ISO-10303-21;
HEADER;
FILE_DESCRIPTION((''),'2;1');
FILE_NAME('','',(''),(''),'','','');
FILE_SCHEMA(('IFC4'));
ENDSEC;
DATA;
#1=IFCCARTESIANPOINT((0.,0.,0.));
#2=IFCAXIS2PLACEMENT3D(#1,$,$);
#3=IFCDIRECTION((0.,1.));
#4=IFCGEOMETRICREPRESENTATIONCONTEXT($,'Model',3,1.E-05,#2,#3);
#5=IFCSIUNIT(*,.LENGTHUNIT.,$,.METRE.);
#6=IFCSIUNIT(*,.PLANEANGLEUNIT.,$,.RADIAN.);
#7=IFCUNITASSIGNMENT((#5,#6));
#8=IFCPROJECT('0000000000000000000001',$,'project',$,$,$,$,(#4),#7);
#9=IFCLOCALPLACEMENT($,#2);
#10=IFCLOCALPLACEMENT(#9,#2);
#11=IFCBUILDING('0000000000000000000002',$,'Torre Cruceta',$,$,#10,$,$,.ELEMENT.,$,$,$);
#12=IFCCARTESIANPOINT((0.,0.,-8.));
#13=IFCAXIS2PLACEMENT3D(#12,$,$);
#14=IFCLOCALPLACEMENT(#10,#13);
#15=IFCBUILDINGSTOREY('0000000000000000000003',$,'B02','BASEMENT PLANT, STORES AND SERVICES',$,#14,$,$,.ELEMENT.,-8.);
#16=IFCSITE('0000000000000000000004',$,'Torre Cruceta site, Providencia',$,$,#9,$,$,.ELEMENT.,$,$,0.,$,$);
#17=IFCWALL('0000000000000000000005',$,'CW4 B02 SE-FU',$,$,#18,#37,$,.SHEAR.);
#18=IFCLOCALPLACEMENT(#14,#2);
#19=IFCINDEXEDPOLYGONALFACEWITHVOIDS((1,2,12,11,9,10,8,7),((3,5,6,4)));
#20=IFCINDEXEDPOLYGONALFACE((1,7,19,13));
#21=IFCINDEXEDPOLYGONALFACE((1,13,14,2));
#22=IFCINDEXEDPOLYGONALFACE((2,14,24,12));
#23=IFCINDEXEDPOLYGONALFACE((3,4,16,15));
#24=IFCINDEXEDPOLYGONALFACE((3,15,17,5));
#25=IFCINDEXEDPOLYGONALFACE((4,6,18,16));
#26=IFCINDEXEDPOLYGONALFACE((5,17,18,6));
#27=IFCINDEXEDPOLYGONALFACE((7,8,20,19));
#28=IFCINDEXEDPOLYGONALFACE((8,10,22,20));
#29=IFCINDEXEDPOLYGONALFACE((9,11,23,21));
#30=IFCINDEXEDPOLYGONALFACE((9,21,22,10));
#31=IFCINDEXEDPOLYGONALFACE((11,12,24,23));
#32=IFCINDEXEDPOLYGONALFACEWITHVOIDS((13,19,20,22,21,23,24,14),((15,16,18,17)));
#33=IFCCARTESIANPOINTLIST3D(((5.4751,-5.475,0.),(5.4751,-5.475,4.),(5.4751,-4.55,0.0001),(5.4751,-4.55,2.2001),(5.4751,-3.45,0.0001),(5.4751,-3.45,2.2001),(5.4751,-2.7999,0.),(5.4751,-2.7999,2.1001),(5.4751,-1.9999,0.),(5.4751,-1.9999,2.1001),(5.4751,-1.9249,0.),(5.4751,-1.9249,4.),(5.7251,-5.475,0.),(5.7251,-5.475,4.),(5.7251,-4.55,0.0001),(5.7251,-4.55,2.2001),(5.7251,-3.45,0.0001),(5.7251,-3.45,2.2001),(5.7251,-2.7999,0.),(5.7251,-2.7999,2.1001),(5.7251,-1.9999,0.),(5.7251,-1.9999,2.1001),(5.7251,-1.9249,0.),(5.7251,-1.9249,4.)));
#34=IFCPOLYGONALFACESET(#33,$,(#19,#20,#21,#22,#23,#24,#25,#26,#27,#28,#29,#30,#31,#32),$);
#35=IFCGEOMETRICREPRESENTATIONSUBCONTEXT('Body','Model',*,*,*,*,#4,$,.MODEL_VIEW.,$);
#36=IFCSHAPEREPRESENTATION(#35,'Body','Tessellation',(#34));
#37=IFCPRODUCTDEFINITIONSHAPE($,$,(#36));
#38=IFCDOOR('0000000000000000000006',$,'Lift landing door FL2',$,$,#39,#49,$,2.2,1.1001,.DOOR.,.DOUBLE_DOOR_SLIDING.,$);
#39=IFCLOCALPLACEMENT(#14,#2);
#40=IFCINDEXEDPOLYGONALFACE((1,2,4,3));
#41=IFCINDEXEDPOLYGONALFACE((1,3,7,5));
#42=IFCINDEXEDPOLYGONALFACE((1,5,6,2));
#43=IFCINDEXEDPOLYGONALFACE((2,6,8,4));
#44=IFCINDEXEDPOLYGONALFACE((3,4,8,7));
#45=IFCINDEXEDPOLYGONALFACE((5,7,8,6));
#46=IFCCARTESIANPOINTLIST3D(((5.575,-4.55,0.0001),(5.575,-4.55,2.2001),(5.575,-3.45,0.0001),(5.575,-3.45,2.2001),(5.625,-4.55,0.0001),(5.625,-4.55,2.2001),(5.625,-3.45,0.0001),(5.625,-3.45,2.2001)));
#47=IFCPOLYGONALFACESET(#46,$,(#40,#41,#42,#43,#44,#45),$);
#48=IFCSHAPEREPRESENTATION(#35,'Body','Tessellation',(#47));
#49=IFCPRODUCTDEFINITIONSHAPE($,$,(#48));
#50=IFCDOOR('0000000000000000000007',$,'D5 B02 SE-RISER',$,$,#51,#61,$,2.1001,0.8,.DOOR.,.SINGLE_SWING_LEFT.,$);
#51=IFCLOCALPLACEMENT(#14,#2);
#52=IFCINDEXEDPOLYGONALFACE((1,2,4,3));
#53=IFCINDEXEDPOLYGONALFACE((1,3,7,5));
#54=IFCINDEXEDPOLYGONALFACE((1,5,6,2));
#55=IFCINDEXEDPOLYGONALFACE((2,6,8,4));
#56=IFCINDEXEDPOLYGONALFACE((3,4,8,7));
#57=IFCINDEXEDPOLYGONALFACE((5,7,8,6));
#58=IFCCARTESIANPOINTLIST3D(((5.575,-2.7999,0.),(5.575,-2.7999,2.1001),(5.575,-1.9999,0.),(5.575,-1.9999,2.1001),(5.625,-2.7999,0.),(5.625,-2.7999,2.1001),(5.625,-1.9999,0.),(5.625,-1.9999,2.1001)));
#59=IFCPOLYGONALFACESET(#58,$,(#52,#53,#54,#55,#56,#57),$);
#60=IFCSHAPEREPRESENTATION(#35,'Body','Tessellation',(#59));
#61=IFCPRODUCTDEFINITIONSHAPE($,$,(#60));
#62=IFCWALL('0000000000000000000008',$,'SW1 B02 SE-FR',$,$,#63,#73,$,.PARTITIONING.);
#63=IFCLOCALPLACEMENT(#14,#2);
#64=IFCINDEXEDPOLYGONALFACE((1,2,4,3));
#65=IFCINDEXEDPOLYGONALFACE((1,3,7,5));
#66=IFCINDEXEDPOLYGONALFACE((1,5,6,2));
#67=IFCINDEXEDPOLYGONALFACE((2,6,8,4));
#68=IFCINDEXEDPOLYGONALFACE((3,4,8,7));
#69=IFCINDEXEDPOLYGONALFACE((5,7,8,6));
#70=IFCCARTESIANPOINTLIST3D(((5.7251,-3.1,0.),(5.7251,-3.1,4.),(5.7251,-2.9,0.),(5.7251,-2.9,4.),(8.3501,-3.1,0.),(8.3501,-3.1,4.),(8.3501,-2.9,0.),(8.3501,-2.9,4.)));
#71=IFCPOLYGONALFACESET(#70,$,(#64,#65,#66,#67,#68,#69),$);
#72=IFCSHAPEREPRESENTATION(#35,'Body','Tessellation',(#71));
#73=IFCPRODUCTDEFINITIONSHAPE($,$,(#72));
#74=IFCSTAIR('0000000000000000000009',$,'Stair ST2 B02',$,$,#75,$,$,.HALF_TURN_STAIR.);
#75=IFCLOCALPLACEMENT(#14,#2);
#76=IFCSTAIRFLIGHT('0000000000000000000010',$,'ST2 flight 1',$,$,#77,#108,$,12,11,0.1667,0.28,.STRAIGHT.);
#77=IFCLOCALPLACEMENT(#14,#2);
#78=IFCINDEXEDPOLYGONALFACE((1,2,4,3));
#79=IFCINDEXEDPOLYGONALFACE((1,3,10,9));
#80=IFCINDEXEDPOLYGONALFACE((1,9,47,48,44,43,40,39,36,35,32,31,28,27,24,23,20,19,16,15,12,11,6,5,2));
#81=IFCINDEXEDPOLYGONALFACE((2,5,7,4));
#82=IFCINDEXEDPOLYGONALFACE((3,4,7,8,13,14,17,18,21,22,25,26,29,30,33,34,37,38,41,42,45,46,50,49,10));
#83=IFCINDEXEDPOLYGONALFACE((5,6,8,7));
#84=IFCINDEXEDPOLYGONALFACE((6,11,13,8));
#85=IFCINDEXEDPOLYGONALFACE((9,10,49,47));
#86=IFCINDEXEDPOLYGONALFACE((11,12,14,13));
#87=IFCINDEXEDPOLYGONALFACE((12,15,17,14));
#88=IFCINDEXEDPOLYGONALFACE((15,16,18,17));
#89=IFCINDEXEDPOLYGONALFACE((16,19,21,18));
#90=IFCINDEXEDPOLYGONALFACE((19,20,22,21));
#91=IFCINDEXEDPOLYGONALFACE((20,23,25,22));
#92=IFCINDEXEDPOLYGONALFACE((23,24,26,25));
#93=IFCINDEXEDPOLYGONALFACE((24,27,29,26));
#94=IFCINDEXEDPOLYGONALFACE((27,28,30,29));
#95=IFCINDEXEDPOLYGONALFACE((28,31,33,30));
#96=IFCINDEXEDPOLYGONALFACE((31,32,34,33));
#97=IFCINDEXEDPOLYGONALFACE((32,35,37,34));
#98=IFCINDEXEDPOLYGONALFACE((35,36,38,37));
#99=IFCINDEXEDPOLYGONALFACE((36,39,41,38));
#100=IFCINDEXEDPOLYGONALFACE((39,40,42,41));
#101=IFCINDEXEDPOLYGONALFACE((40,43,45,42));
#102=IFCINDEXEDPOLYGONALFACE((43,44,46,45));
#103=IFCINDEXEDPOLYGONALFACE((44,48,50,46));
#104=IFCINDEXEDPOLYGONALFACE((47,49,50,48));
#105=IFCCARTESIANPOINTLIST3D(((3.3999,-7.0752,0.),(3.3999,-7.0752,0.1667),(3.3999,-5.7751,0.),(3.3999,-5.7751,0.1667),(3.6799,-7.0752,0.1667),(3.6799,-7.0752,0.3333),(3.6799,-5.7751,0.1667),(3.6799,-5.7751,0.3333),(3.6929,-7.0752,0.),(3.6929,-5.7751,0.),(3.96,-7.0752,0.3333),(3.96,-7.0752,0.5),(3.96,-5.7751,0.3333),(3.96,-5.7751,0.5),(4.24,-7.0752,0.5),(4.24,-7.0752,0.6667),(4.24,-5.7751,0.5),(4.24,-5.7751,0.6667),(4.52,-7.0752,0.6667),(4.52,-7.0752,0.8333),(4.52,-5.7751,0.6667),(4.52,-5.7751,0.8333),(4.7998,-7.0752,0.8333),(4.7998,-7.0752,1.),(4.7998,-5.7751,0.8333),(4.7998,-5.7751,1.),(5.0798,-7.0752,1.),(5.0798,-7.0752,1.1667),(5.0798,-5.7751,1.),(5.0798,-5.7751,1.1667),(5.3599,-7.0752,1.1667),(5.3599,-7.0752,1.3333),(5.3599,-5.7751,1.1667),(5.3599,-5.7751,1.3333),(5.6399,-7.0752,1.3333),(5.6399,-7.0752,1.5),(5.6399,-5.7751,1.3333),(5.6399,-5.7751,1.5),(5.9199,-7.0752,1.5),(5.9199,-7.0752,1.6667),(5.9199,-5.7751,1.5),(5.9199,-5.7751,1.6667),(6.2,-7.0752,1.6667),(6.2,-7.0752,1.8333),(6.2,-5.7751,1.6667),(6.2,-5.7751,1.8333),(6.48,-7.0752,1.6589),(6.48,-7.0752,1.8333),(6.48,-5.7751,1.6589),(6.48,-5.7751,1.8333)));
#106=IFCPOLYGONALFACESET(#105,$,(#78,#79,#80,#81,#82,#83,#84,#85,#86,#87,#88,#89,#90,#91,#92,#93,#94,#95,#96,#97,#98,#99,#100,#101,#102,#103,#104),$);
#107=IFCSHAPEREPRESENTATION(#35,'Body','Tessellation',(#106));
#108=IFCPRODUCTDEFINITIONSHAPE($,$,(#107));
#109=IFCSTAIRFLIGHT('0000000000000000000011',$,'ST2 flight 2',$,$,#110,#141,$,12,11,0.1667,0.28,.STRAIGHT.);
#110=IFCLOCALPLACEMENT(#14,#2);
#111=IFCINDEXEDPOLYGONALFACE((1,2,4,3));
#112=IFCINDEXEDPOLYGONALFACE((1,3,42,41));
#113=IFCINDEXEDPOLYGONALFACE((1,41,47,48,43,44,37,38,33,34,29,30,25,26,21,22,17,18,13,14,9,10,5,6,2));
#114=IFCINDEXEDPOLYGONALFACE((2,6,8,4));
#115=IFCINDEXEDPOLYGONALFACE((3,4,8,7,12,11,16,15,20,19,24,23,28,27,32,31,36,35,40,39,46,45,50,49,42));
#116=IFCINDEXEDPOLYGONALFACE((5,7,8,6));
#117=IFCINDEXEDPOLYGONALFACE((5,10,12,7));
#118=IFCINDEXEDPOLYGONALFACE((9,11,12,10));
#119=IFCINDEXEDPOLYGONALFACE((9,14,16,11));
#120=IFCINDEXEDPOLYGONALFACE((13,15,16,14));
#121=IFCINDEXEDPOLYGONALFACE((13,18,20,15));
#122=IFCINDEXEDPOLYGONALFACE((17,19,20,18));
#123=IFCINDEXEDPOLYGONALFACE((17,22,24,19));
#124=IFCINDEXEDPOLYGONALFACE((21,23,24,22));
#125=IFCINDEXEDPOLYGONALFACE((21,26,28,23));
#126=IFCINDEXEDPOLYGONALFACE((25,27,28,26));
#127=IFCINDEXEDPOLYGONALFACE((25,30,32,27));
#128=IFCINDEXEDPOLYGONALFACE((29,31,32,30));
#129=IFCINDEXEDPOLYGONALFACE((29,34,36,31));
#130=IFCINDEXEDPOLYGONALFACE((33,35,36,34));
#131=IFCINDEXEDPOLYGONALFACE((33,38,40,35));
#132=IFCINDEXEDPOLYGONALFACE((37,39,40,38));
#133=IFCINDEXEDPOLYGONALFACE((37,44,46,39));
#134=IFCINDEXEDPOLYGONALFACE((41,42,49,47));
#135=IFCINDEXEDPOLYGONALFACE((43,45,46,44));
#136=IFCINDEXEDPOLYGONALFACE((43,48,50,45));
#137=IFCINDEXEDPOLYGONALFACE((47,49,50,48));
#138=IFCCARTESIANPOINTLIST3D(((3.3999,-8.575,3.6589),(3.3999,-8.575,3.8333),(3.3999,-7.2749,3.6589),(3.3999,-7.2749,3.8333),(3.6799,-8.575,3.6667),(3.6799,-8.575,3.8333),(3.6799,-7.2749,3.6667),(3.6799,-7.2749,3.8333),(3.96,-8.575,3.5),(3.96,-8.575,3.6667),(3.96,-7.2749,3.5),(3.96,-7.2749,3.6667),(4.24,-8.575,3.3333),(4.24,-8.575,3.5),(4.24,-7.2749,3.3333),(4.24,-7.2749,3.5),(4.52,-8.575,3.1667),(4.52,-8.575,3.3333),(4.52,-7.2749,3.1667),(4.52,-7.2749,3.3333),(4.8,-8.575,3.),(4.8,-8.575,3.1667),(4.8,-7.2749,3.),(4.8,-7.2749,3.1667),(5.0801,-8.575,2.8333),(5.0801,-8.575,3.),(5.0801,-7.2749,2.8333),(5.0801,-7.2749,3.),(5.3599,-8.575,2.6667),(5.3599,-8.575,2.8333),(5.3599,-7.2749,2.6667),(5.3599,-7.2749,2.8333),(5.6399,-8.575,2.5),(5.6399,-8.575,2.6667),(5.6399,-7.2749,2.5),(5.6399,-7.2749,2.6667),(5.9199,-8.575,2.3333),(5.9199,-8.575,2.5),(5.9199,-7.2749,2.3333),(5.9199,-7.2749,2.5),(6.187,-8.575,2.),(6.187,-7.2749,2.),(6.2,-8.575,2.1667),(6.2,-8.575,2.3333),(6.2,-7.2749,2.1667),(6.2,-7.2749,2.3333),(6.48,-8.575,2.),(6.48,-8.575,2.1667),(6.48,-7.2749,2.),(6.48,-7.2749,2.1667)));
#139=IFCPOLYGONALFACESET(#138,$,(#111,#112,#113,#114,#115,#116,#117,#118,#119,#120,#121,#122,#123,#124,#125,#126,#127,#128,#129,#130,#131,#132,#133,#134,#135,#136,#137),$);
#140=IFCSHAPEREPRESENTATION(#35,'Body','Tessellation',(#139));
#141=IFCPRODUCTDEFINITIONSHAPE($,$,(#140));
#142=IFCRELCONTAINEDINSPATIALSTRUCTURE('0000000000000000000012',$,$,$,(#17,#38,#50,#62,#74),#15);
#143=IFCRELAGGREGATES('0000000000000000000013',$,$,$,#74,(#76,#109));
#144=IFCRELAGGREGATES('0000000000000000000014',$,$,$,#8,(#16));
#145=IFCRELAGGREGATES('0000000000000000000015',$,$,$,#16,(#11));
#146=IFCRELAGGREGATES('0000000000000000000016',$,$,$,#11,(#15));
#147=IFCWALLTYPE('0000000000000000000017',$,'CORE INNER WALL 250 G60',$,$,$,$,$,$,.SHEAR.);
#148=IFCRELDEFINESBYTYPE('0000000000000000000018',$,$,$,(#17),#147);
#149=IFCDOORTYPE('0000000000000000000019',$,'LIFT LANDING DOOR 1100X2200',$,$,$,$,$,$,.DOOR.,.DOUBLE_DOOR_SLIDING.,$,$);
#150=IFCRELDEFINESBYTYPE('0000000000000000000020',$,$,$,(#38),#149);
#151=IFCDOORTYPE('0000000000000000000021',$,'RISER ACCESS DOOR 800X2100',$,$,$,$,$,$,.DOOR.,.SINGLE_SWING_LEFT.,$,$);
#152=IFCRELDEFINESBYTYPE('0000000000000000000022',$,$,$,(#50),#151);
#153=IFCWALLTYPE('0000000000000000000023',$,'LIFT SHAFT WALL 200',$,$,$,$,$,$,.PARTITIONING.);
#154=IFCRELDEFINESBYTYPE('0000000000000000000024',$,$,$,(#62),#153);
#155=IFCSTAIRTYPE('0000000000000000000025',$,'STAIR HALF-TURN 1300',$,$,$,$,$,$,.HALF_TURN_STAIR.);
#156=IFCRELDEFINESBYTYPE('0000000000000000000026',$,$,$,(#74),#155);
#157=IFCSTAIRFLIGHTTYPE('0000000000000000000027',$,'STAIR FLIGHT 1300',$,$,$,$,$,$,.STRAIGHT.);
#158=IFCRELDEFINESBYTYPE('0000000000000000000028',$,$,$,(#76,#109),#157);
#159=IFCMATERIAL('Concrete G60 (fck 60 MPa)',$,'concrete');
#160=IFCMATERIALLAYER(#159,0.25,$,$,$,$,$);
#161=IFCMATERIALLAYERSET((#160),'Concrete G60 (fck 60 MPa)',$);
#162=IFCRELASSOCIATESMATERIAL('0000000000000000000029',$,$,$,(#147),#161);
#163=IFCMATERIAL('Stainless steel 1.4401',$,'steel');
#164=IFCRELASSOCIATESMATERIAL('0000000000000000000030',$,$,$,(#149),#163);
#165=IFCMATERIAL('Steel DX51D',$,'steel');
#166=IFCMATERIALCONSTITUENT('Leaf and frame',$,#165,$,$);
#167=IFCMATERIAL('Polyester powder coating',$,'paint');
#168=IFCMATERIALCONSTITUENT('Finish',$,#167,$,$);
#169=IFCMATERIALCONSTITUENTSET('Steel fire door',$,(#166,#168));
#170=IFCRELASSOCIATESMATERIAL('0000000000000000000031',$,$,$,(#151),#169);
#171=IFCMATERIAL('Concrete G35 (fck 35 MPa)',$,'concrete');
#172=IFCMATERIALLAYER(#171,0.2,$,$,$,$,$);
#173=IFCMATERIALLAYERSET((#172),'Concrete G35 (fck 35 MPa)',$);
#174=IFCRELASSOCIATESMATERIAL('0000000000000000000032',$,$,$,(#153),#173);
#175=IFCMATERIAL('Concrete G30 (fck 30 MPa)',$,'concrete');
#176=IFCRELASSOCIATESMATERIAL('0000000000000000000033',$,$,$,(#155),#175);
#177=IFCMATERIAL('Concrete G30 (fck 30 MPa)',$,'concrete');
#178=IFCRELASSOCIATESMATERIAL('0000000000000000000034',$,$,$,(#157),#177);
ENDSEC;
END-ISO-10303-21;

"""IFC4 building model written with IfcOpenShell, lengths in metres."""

from ifc_helpers import new_model, si_unit, direction, frame, frame_2d, origin, place, context, subcontext, project, spatial, polyline, rectangle, outline, extrude, material, layer, layer_set, constituent, constituent_set, type_object, element, fill, aggregate, save


model = new_model("IFC4")

# Units and contexts
model_context = context("Model", 3, precision=1e-05, world=origin(), true_north=direction((0.0, 1.0)))
body_context = subcontext(model_context, "Body", "Model", "MODEL_VIEW")
ifc_project = project(units=[si_unit("LENGTHUNIT", "METRE"), si_unit("PLANEANGLEUNIT", "RADIAN")], contexts=[model_context])

# Site, building, storey
site_placement = place(None, origin())
site = spatial("IfcSite", under=ifc_project, at=site_placement, Name="Torre Cruceta site, Providencia", CompositionType="ELEMENT", RefElevation=0.0)
building_placement = place(site_placement, origin())
building = spatial("IfcBuilding", under=site, at=building_placement, Name="Torre Cruceta", CompositionType="ELEMENT")
storey_placement = place(building_placement, frame((0.0, 0.0, -8.0)))
storey = spatial("IfcBuildingStorey", under=building, at=storey_placement, Name="B02", Description="BASEMENT PLANT, STORES AND SERVICES", CompositionType="ELEMENT", Elevation=-8.0)

# Shared definitions
ifc_material_1 = material(Name="Concrete G60 (fck 60 MPa)", Category="concrete")
ifc_layer_1 = layer(ifc_material_1, 0.25)
ifc_layer_set_1 = layer_set([ifc_layer_1], Name="Concrete G60 (fck 60 MPa)")
wall_type_1 = type_object("IfcWallType", Name="CORE INNER WALL 250 G60", PredefinedType="SHEAR", material=ifc_layer_set_1)

# Wall, openings, doors
wall_1_placement = place(storey_placement, frame((5.6001, -1.925, 0.0), z_axis=(0.0, 0.0, 1.0), x_axis=(0.0, -1.0, 0.0)))
wall_1 = element("IfcWall", 1, at=wall_1_placement, inside=storey, type_object=wall_type_1, Name="CW4 B02 SE-FU", PredefinedType="SHEAR", context=body_context, shape_type="SweptSolid", body=[
    extrude(rectangle(XDim=3.55, YDim=0.25, at=frame_2d((1.7749, 0.0))), origin(), (0.0, 0.0, 1.0), 4.0),
])
opening_1_placement = place(wall_1_placement, frame((1.5249, 0.0, 0.0)))
opening_1 = element("IfcOpeningElement", 2, at=opening_1_placement, cuts=wall_1, PredefinedType="OPENING", context=body_context, shape_type="SweptSolid", body=[
    extrude(rectangle(XDim=1.1001, YDim=2.2, at=frame_2d((0.55, 1.1001))), frame((0.0, 0.135, 0.0), z_axis=(0.0, -1.0, 0.0), x_axis=(1.0, 0.0, 0.0)), (0.0, 0.0, 1.0), 0.27),
])
opening_2_placement = place(wall_1_placement, frame((0.075, 0.0, 0.0)))
opening_2 = element("IfcOpeningElement", 3, at=opening_2_placement, cuts=wall_1, PredefinedType="OPENING", context=body_context, shape_type="SweptSolid", body=[
    extrude(rectangle(XDim=0.8, YDim=2.1001, at=frame_2d((0.3999, 1.05))), frame((0.0, 0.135, 0.0), z_axis=(0.0, -1.0, 0.0), x_axis=(1.0, 0.0, 0.0)), (0.0, 0.0, 1.0), 0.27),
])
ifc_material_2 = material(Name="Stainless steel 1.4401", Category="steel")
door_type_1 = type_object("IfcDoorType", Name="LIFT LANDING DOOR 1100X2200", OperationType="DOUBLE_DOOR_SLIDING", PredefinedType="DOOR", material=ifc_material_2)
door_1_placement = place(opening_1_placement, origin())
door_1 = element("IfcDoor", 4, at=door_1_placement, inside=storey, type_object=door_type_1, Name="Lift landing door FL2", OperationType="DOUBLE_DOOR_SLIDING", OverallHeight=2.2, OverallWidth=1.1001, PredefinedType="DOOR", context=body_context, shape_type="SweptSolid", body=[
    extrude(rectangle(XDim=1.1001, YDim=2.2, at=frame_2d((0.55, 1.1001))), frame((0.0, 0.0249, 0.0), z_axis=(0.0, -1.0, 0.0), x_axis=(1.0, 0.0, 0.0)), (0.0, 0.0, 1.0), 0.05),
])
fill(opening_1, door_1)
ifc_material_3 = material(Name="Steel DX51D", Category="steel")
ifc_constituent_1 = constituent(ifc_material_3, Name="Leaf and frame")
ifc_material_4 = material(Name="Polyester powder coating", Category="paint")
ifc_constituent_2 = constituent(ifc_material_4, Name="Finish")
ifc_constituent_set_1 = constituent_set(constituents=[ifc_constituent_1, ifc_constituent_2], Name="Steel fire door")
door_type_2 = type_object("IfcDoorType", Name="RISER ACCESS DOOR 800X2100", OperationType="SINGLE_SWING_LEFT", PredefinedType="DOOR", material=ifc_constituent_set_1)
door_2_placement = place(opening_2_placement, origin())
door_2 = element("IfcDoor", 5, at=door_2_placement, inside=storey, type_object=door_type_2, Name="D5 B02 SE-RISER", OperationType="SINGLE_SWING_LEFT", OverallHeight=2.1001, OverallWidth=0.8, PredefinedType="DOOR", context=body_context, shape_type="SweptSolid", body=[
    extrude(rectangle(XDim=0.8, YDim=2.1001, at=frame_2d((0.3999, 1.05))), frame((0.0, 0.0249, 0.0), z_axis=(0.0, -1.0, 0.0), x_axis=(1.0, 0.0, 0.0)), (0.0, 0.0, 1.0), 0.05),
])
fill(opening_2, door_2)

# Wall
ifc_material_5 = material(Name="Concrete G35 (fck 35 MPa)", Category="concrete")
ifc_layer_2 = layer(ifc_material_5, 0.2)
ifc_layer_set_2 = layer_set([ifc_layer_2], Name="Concrete G35 (fck 35 MPa)")
wall_type_2 = type_object("IfcWallType", Name="LIFT SHAFT WALL 200", PredefinedType="PARTITIONING", material=ifc_layer_set_2)
wall_2_placement = place(storey_placement, frame((5.7251, -3.0, 0.0), z_axis=(0.0, 0.0, 1.0), x_axis=(1.0, 0.0, 0.0)))
element("IfcWall", 6, at=wall_2_placement, inside=storey, type_object=wall_type_2, Name="SW1 B02 SE-FR", PredefinedType="PARTITIONING", context=body_context, shape_type="SweptSolid", body=[
    extrude(rectangle(XDim=2.625, YDim=0.2, at=frame_2d((1.3125, 0.0))), origin(), (0.0, 0.0, 1.0), 4.0),
])

# Stair, stair flights
ifc_material_6 = material(Name="Concrete G30 (fck 30 MPa)", Category="concrete")
stair_type = type_object("IfcStairType", Name="STAIR HALF-TURN 1300", PredefinedType="HALF_TURN_STAIR", material=ifc_material_6)
stair_placement = place(storey_placement, origin())
stair = element("IfcStair", 7, at=stair_placement, inside=storey, type_object=stair_type, Name="Stair ST2 B02", PredefinedType="HALF_TURN_STAIR")
ifc_material_7 = material(Name="Concrete G30 (fck 30 MPa)", Category="concrete")
stair_flight_type = type_object("IfcStairFlightType", Name="STAIR FLIGHT 1300", PredefinedType="STRAIGHT", material=ifc_material_7)
stair_flight_1_placement = place(storey_placement, frame((3.3999, -6.425, 0.0), z_axis=(0.0, 0.0, 1.0), x_axis=(1.0, 0.0, 0.0)))
stair_flight_1 = element("IfcStairFlight", 8, at=stair_flight_1_placement, type_object=stair_flight_type, Name="ST2 flight 1", NumberOfRisers=12, NumberOfTreads=11, PredefinedType="STRAIGHT", RiserHeight=0.1667, TreadLength=0.28, context=body_context, shape_type="SweptSolid", body=[
    extrude(outline(polyline([(0.0, 0.0), (0.0, 0.1667), (0.28, 0.1667), (0.28, 0.3333), (0.5601, 0.3333), (0.5601, 0.5), (0.8401, 0.5), (0.8401, 0.6667), (1.1201, 0.6667), (1.1201, 0.8333), (1.3999, 0.8333), (1.3999, 1.0), (1.6799, 1.0), (1.6799, 1.1667), (1.96, 1.1667), (1.96, 1.3333), (2.24, 1.3333), (2.24, 1.5), (2.52, 1.5), (2.52, 1.6667), (2.8, 1.6667), (2.8, 1.8333), (3.0801, 1.8333), (3.0801, 2.0), (3.0801, 1.6589), (0.293, 0.0), (0.0, 0.0)])), frame((0.0, 0.6499, 0.0), z_axis=(0.0, -1.0, 0.0), x_axis=(1.0, 0.0, 0.0)), (0.0, 0.0, 1.0), 1.3),
])
stair_flight_2_placement = place(storey_placement, frame((6.48, -7.925, 2.0), z_axis=(0.0, 0.0, 1.0), x_axis=(-1.0, 0.0, 0.0)))
stair_flight_2 = element("IfcStairFlight", 9, at=stair_flight_2_placement, type_object=stair_flight_type, Name="ST2 flight 2", NumberOfRisers=12, NumberOfTreads=11, PredefinedType="STRAIGHT", RiserHeight=0.1667, TreadLength=0.28, context=body_context, shape_type="SweptSolid", body=[
    extrude(outline(polyline([(0.0, 0.0), (0.0, 0.1667), (0.28, 0.1667), (0.28, 0.3333), (0.5601, 0.3333), (0.5601, 0.5), (0.8401, 0.5), (0.8401, 0.6667), (1.1201, 0.6667), (1.1201, 0.8333), (1.3999, 0.8333), (1.3999, 1.0), (1.6799, 1.0), (1.6799, 1.1667), (1.96, 1.1667), (1.96, 1.3333), (2.24, 1.3333), (2.24, 1.5), (2.52, 1.5), (2.52, 1.6667), (2.8, 1.6667), (2.8, 1.8333), (3.0801, 1.8333), (3.0801, 2.0), (3.0801, 1.6589), (0.293, 0.0), (0.0, 0.0)])), frame((0.0, 0.6499, 0.0), z_axis=(0.0, -1.0, 0.0), x_axis=(1.0, 0.0, 0.0)), (0.0, 0.0, 1.0), 1.3),
])
aggregate(stair, [stair_flight_1, stair_flight_2])

save(model, "model.ifc")
